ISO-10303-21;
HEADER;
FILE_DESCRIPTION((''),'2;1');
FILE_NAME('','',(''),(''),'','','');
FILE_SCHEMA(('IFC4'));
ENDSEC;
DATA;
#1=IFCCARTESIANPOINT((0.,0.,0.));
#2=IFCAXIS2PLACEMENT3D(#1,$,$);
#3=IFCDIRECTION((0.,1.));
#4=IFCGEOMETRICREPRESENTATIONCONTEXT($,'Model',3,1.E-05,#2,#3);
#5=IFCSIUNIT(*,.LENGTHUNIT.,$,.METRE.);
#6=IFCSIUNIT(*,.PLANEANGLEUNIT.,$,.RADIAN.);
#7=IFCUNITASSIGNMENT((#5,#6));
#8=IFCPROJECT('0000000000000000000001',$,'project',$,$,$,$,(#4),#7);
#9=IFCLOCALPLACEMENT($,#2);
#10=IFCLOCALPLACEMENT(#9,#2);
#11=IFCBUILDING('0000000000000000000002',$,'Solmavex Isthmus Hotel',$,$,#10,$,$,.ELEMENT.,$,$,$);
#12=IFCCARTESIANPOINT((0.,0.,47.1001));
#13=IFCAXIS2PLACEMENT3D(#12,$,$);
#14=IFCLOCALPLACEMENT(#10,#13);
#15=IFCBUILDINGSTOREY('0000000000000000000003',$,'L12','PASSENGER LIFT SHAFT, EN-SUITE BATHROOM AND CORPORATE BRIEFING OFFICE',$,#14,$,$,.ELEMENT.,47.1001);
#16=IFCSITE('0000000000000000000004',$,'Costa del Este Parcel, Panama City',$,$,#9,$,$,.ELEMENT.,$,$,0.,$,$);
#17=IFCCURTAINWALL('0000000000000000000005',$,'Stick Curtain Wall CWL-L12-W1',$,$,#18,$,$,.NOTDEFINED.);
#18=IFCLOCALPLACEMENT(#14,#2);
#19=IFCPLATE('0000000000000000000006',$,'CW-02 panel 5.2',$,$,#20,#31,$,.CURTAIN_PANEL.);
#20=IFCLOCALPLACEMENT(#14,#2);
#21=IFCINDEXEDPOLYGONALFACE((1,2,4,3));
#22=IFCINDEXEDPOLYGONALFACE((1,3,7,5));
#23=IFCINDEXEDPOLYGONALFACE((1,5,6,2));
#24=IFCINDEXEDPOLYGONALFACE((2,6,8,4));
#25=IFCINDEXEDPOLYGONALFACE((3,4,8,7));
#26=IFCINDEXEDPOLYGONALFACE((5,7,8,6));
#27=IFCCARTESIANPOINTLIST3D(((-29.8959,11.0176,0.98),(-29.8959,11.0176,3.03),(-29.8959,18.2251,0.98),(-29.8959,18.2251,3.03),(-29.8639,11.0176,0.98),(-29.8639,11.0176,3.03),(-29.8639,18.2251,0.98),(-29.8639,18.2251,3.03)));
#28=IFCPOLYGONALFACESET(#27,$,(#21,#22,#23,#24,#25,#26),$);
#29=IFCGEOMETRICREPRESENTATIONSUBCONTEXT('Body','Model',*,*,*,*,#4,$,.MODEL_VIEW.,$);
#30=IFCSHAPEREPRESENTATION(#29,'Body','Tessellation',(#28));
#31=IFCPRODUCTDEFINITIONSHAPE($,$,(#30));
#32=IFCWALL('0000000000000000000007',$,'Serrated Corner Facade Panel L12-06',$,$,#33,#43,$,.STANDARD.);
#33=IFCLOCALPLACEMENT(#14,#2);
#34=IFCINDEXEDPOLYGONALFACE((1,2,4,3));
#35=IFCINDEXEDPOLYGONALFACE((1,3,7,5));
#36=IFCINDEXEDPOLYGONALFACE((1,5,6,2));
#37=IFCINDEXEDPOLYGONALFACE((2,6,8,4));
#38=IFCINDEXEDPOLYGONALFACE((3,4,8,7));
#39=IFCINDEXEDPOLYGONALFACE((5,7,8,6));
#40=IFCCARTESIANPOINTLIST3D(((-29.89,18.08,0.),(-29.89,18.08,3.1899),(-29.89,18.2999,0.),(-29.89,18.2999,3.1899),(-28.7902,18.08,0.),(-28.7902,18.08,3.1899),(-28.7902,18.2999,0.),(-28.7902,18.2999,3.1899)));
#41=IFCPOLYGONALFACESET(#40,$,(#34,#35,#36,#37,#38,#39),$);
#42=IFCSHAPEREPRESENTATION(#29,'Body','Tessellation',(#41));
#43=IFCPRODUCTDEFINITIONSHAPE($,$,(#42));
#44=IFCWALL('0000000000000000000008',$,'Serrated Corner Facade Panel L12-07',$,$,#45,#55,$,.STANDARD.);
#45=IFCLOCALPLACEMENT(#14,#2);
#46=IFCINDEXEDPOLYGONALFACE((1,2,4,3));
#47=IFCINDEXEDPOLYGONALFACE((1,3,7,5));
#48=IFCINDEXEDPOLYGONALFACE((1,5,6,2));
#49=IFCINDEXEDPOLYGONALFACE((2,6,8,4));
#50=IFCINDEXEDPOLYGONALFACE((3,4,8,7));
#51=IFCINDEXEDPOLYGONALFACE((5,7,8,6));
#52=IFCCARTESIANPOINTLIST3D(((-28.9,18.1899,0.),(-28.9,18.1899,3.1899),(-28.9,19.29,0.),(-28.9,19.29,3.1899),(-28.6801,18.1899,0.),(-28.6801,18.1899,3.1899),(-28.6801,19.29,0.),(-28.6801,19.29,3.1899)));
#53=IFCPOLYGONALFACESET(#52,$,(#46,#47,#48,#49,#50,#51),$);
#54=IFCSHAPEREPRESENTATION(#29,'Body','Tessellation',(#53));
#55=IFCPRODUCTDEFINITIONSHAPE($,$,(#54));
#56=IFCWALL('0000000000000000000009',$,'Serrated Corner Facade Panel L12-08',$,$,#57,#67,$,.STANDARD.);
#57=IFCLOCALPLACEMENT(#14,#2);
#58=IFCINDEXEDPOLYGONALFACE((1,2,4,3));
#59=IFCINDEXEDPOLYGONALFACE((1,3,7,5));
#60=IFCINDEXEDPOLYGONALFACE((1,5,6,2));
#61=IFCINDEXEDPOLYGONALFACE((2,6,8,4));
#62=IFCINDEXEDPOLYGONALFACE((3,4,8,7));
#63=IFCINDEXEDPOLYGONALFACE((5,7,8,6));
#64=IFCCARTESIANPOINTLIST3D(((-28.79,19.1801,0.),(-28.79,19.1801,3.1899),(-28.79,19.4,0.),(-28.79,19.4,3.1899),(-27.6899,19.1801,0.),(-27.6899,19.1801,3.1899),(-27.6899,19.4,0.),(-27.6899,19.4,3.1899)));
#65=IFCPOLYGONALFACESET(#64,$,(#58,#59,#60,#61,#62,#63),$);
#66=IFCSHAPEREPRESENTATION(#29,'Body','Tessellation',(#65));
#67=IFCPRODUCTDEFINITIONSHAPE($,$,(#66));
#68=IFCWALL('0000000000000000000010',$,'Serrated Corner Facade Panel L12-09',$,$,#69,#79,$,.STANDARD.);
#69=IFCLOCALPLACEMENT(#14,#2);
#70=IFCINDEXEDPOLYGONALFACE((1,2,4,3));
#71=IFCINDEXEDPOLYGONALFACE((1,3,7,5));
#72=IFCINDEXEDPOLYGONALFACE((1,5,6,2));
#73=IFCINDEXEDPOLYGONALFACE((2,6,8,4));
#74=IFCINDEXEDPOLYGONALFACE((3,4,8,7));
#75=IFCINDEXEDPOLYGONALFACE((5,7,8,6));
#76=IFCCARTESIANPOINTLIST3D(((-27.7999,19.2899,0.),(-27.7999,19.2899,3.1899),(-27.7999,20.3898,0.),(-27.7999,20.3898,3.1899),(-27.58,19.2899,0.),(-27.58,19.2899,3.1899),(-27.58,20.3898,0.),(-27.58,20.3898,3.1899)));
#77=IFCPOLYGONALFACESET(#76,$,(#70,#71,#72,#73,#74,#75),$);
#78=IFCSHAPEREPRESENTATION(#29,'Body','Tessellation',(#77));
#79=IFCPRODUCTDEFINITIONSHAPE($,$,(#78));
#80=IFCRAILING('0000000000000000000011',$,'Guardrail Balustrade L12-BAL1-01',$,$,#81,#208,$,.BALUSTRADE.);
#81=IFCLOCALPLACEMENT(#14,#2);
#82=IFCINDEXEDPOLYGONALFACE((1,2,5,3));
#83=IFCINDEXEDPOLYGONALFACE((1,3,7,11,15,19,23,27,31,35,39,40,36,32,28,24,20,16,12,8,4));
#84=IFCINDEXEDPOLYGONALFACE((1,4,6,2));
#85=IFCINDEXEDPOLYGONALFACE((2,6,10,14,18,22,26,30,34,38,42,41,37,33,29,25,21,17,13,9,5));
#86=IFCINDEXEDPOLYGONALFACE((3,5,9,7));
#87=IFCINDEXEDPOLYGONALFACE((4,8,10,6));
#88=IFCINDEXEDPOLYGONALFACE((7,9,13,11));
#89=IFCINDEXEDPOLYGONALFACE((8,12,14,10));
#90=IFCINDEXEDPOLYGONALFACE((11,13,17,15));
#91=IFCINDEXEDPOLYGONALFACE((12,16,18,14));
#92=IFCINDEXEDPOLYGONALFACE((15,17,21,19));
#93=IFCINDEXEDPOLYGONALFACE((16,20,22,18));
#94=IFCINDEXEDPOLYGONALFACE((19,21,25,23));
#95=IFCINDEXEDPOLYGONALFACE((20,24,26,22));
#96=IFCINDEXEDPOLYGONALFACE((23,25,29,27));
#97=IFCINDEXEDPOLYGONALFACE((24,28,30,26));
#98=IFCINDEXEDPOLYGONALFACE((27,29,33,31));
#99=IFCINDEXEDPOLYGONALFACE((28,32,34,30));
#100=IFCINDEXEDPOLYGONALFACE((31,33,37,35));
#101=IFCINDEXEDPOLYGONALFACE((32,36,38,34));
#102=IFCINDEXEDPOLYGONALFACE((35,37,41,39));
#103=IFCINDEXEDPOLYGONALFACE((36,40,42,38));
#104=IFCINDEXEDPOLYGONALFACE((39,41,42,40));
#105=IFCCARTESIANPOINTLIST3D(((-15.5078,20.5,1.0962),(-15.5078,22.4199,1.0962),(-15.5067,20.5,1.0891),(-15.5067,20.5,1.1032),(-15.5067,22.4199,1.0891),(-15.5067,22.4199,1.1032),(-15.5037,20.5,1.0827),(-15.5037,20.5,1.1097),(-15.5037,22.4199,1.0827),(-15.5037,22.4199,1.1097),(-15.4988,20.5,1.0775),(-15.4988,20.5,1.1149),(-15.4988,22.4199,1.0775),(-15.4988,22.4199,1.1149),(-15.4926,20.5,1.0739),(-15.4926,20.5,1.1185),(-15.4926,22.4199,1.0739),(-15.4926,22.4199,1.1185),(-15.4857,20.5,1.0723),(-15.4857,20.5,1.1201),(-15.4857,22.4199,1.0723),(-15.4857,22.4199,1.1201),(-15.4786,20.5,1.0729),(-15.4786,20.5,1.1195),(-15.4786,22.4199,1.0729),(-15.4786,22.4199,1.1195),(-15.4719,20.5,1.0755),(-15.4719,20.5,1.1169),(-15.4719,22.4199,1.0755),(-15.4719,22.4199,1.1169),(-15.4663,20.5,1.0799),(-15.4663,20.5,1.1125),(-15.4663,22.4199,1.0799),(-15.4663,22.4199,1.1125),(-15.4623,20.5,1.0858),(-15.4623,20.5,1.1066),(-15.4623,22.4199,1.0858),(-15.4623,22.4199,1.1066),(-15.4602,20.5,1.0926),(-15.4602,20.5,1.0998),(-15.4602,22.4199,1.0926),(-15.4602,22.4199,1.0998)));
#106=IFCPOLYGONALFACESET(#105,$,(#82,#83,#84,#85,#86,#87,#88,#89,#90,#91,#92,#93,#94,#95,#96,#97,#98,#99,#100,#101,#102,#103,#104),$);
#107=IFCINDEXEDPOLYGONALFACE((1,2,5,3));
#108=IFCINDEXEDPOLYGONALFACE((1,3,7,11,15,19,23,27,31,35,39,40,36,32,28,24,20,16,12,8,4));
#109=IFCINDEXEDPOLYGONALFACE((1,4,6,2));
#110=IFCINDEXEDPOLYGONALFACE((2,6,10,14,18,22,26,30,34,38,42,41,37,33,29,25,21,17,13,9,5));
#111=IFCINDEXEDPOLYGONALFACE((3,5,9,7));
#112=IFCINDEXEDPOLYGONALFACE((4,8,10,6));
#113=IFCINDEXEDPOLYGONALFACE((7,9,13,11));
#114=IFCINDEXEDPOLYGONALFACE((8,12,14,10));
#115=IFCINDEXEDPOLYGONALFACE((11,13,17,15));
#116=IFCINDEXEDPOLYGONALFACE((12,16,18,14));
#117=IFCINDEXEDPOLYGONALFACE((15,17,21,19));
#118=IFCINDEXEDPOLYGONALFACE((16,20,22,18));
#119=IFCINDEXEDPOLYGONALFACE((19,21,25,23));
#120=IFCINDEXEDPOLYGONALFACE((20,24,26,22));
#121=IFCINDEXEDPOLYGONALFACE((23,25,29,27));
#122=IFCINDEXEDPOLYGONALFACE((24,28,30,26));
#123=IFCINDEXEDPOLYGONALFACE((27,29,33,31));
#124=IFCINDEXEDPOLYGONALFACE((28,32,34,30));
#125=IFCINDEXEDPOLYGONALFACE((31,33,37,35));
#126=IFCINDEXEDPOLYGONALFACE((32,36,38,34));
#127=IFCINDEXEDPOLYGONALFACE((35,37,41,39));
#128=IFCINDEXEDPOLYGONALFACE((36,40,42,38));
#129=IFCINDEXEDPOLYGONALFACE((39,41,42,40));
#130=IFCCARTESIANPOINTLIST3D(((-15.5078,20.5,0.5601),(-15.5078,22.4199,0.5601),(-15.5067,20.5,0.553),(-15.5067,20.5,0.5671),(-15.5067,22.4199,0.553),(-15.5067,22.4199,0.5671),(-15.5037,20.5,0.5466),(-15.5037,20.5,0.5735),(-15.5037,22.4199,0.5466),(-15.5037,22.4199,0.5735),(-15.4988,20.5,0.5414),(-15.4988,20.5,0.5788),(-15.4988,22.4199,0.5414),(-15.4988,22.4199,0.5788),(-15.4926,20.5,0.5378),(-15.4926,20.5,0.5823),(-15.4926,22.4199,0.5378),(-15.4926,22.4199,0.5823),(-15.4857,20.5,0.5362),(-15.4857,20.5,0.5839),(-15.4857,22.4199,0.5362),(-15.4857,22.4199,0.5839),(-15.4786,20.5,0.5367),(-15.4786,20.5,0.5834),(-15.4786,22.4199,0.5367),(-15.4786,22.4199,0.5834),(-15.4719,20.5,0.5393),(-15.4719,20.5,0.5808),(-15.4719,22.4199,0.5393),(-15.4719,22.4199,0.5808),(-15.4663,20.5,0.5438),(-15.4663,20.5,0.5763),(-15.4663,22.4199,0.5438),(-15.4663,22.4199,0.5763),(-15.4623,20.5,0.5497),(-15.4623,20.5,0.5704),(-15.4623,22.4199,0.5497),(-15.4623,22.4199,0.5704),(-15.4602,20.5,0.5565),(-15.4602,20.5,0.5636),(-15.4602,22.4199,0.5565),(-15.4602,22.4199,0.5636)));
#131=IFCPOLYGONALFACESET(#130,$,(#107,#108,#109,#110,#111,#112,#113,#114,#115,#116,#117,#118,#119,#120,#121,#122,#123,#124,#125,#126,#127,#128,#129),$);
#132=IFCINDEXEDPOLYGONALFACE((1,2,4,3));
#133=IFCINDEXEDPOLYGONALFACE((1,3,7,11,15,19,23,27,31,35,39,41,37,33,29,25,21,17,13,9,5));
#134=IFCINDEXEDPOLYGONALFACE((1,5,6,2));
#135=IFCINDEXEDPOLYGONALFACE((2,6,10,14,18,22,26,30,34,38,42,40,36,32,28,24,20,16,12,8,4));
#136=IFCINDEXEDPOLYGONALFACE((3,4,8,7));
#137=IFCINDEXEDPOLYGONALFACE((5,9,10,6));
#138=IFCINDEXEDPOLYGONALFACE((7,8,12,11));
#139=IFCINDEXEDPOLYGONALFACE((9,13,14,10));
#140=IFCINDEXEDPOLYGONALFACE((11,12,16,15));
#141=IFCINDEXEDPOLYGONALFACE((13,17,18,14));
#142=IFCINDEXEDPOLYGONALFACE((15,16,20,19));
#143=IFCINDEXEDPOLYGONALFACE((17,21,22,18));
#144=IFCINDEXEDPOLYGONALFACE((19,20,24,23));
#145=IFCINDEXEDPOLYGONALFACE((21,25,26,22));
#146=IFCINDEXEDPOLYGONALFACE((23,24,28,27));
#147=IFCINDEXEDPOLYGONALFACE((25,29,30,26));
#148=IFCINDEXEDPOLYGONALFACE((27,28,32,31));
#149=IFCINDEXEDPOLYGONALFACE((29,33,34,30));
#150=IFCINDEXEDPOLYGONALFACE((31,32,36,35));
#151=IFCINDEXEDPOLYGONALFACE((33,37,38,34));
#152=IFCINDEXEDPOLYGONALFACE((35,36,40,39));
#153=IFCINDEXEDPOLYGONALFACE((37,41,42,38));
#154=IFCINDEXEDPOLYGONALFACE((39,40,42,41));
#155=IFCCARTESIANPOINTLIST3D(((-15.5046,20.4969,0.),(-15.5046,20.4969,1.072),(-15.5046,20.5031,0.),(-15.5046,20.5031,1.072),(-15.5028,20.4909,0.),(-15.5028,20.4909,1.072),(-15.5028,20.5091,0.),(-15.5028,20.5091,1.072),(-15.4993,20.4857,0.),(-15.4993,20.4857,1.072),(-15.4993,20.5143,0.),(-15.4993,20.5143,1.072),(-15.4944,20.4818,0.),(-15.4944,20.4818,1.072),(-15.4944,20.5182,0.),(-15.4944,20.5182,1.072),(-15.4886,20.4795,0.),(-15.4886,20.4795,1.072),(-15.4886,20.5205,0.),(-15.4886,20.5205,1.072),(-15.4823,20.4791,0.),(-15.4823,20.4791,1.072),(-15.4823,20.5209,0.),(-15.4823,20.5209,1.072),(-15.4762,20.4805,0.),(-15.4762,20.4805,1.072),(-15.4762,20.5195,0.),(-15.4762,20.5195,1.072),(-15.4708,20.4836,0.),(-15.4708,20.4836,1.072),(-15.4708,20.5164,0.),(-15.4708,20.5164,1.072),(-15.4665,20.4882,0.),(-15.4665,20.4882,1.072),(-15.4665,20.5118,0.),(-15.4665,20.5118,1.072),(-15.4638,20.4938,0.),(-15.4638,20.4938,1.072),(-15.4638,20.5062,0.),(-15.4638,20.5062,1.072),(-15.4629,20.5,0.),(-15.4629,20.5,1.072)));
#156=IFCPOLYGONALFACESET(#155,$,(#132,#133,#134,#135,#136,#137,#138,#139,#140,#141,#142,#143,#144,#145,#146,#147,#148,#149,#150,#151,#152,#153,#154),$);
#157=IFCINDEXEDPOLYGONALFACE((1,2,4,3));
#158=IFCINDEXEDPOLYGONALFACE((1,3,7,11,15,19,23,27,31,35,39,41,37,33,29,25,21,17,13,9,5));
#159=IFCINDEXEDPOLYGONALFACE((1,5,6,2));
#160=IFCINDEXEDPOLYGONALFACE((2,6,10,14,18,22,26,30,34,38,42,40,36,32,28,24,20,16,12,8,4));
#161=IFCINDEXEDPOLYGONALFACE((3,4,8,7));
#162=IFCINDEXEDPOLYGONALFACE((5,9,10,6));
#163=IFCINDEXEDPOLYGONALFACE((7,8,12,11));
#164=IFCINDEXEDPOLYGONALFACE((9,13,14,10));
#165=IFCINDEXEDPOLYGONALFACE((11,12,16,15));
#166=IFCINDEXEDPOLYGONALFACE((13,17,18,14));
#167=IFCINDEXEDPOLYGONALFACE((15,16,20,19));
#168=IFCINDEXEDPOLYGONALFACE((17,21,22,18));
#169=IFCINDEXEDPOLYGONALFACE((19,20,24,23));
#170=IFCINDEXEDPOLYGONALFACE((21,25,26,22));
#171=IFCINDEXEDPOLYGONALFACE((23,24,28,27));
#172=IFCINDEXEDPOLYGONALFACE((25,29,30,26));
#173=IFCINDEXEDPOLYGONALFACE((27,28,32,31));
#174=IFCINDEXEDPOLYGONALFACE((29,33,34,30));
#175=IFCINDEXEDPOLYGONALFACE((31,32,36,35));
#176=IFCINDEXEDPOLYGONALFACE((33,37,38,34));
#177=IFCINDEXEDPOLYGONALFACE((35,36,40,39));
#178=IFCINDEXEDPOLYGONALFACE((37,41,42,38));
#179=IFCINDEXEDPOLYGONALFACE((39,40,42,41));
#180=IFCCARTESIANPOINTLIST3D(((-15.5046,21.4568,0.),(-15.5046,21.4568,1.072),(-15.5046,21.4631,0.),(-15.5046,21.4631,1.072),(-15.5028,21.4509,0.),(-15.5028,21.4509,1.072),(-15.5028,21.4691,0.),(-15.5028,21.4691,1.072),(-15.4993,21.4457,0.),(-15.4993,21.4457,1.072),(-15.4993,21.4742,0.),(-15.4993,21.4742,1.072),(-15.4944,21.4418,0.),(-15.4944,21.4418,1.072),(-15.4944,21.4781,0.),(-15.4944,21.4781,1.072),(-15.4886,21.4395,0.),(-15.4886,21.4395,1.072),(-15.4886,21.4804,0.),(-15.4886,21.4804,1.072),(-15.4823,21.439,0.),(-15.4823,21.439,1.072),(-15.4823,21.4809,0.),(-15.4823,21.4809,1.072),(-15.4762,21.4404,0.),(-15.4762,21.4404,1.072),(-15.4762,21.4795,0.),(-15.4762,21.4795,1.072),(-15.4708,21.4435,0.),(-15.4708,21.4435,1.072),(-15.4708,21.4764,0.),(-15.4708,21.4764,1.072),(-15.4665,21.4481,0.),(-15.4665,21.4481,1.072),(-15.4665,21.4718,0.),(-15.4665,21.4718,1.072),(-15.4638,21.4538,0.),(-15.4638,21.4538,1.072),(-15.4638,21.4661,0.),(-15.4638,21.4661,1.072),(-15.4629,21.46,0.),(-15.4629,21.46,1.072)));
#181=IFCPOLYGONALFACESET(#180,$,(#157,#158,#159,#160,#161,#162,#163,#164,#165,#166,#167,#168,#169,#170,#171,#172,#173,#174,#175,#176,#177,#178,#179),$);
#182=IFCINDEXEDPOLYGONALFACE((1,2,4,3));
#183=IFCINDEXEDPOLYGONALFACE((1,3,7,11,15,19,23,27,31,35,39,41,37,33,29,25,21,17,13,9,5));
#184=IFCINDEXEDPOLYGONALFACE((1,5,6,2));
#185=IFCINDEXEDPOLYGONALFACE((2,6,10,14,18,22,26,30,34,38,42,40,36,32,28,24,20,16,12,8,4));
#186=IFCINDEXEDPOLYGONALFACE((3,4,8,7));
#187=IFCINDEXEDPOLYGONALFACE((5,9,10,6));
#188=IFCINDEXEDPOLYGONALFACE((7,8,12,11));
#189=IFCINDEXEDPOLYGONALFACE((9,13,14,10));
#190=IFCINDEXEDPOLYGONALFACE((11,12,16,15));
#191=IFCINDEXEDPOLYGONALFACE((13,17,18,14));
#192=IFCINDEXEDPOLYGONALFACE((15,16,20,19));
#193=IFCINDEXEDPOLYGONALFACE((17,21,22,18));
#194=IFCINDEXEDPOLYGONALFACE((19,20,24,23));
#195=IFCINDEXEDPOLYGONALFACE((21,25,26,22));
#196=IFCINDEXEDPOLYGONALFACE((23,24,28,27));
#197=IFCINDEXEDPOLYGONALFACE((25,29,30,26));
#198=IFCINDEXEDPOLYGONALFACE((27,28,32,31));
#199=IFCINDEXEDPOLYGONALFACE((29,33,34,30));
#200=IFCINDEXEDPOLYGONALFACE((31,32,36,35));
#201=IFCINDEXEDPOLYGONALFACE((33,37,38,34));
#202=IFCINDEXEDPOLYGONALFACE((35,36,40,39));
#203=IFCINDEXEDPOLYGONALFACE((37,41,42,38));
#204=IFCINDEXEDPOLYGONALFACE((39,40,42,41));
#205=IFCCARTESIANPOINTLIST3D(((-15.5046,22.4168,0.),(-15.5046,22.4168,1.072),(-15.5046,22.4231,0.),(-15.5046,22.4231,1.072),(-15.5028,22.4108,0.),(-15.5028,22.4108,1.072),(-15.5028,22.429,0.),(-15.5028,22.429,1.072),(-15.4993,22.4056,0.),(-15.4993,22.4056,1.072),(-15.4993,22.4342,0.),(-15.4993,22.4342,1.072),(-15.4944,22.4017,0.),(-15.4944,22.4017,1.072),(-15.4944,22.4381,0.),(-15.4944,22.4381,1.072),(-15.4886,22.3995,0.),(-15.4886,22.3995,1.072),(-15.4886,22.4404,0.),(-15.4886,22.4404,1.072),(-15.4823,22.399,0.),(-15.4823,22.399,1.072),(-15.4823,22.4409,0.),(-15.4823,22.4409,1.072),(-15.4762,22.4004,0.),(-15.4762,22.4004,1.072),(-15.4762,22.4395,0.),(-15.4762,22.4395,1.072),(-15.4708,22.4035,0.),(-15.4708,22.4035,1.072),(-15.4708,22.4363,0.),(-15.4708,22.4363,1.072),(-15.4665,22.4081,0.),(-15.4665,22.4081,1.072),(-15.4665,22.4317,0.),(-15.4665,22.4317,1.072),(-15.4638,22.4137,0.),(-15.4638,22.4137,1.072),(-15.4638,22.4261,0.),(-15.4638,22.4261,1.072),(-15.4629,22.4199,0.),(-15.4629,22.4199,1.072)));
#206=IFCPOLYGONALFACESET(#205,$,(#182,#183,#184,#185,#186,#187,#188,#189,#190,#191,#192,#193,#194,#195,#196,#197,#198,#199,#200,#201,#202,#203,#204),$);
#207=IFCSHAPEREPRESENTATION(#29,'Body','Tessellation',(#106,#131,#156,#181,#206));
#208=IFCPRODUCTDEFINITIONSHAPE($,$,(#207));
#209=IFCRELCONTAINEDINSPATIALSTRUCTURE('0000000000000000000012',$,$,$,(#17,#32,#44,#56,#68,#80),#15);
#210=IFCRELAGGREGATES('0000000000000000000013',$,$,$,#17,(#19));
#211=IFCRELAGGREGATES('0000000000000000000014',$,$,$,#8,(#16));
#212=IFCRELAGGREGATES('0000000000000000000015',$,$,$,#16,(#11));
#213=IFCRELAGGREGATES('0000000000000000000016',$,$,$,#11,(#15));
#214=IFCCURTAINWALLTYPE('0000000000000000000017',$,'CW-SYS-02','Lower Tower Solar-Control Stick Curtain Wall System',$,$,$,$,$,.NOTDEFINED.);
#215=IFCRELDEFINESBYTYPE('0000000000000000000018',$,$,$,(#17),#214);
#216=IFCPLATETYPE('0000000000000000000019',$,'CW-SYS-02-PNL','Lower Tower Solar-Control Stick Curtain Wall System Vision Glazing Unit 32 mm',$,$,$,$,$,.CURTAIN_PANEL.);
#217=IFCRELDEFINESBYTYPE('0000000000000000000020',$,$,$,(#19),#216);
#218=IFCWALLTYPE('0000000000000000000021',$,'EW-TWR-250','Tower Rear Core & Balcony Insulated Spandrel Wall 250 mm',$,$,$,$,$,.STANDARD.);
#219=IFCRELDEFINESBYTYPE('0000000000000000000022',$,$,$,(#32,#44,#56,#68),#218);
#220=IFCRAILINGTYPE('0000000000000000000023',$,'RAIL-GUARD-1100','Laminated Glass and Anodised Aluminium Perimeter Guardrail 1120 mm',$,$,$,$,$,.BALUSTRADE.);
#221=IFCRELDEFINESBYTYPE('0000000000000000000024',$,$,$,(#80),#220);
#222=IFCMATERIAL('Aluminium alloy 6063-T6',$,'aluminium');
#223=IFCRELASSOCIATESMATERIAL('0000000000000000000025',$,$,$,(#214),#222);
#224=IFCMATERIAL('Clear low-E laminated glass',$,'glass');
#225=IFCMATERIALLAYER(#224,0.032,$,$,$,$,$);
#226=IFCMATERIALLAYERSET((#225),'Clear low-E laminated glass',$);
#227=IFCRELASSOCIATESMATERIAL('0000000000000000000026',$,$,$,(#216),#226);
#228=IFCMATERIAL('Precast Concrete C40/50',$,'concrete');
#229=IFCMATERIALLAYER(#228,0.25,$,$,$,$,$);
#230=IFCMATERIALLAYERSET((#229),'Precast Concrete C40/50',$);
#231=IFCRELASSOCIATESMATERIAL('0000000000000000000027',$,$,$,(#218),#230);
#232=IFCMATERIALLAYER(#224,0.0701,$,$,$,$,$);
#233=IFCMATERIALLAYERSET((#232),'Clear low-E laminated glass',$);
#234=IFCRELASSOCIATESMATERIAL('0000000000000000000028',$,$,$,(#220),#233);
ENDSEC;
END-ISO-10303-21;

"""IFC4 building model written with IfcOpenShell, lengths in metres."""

from ifc_helpers import new_model, si_unit, direction, frame, frame_2d, origin, origin_2d, place, context, subcontext, project, spatial, rectangle, circle, extrude, material, layer, layer_set, type_object, element, aggregate, save


model = new_model("IFC4")

# Units and contexts
model_context = context("Model", 3, precision=1e-05, world=origin(), true_north=direction((0.0, 1.0)))
body_context = subcontext(model_context, "Body", "Model", "MODEL_VIEW")
ifc_project = project(units=[si_unit("LENGTHUNIT", "METRE"), si_unit("PLANEANGLEUNIT", "RADIAN")], contexts=[model_context])

# Site, building, storey
site_placement = place(None, origin())
site = spatial("IfcSite", under=ifc_project, at=site_placement, Name="Costa del Este Parcel, Panama City", CompositionType="ELEMENT", RefElevation=0.0)
building_placement = place(site_placement, origin())
building = spatial("IfcBuilding", under=site, at=building_placement, Name="Solmavex Isthmus Hotel", CompositionType="ELEMENT")
storey_placement = place(building_placement, frame((0.0, 0.0, 47.1001)))
storey = spatial("IfcBuildingStorey", under=building, at=storey_placement, Name="L12", Description="PASSENGER LIFT SHAFT, EN-SUITE BATHROOM AND CORPORATE BRIEFING OFFICE", CompositionType="ELEMENT", Elevation=47.1001)

# Shared definitions
ifc_material_1 = material(Name="Aluminium alloy 6063-T6", Category="aluminium")
curtain_wall_type = type_object("IfcCurtainWallType", Name="CW-SYS-02", Description="Lower Tower Solar-Control Stick Curtain Wall System", PredefinedType="NOTDEFINED", material=ifc_material_1)

# Curtain wall
curtain_wall_1_placement = place(storey_placement, origin())
curtain_wall_1 = element("IfcCurtainWall", 1, at=curtain_wall_1_placement, inside=storey, type_object=curtain_wall_type, Name="Stick Curtain Wall CWL-L12-W1", PredefinedType="NOTDEFINED")

# Plate
ifc_material_2 = material(Name="Clear low-E laminated glass", Category="glass")
ifc_layer_1 = layer(ifc_material_2, 0.032)
ifc_layer_set_1 = layer_set([ifc_layer_1], Name="Clear low-E laminated glass")
plate_type = type_object("IfcPlateType", Name="CW-SYS-02-PNL", Description="Lower Tower Solar-Control Stick Curtain Wall System Vision Glazing Unit 32 mm", PredefinedType="CURTAIN_PANEL", material=ifc_layer_set_1)
plate_1_placement = place(storey_placement, frame((-29.8799, 14.6213, 0.98), z_axis=(0.0, 0.0, 1.0), x_axis=(0.0, 1.0, 0.0)))
plate_1 = element("IfcPlate", 2, at=plate_1_placement, type_object=plate_type, Name="CW-02 panel 5.2", PredefinedType="CURTAIN_PANEL", context=body_context, shape_type="SweptSolid", body=[
    extrude(rectangle(XDim=7.2075, YDim=0.032, at=origin_2d()), origin(), (0.0, 0.0, 1.0), 2.05),
])
aggregate(curtain_wall_1, [plate_1])

# Shared definitions
ifc_material_3 = material(Name="Precast Concrete C40/50", Category="concrete")
ifc_layer_2 = layer(ifc_material_3, 0.25)
ifc_layer_set_2 = layer_set([ifc_layer_2], Name="Precast Concrete C40/50")
wall_type = type_object("IfcWallType", Name="EW-TWR-250", Description="Tower Rear Core & Balcony Insulated Spandrel Wall 250 mm", PredefinedType="STANDARD", material=ifc_layer_set_2)

# Walls
wall_1_placement = place(storey_placement, frame((-29.8899, 18.1899, 0.0), z_axis=(0.0, 0.0, 1.0), x_axis=(1.0, 0.0, 0.0)))
element("IfcWall", 3, at=wall_1_placement, inside=storey, type_object=wall_type, Name="Serrated Corner Facade Panel L12-06", PredefinedType="STANDARD", context=body_context, shape_type="SweptSolid", body=[
    extrude(rectangle(XDim=1.0999, YDim=0.22, at=frame_2d((0.5498, 0.0))), origin(), (0.0, 0.0, 1.0), 3.1899),
])
for number, where, z_axis, x_axis, name in (
    (4, (-28.79, 18.1899, 0.0), (0.0, 0.0, 1.0), (0.0, 1.0, 0.0), "Serrated Corner Facade Panel L12-07"),
    (5, (-28.79, 19.29, 0.0), (0.0, 0.0, 1.0), (1.0, 0.0, 0.0), "Serrated Corner Facade Panel L12-08"),
):
    element("IfcWall", number, at=place(storey_placement, frame(where, z_axis=z_axis, x_axis=x_axis)), inside=storey, type_object=wall_type, Name=name, PredefinedType="STANDARD", context=body_context, shape_type="SweptSolid", body=[
        extrude(rectangle(XDim=1.1001, YDim=0.22, at=frame_2d((0.55, 0.0))), origin(), (0.0, 0.0, 1.0), 3.1899),
    ])
wall_2_placement = place(storey_placement, frame((-27.6899, 19.29, 0.0), z_axis=(0.0, 0.0, 1.0), x_axis=(0.0, 1.0, 0.0)))
element("IfcWall", 6, at=wall_2_placement, inside=storey, type_object=wall_type, Name="Serrated Corner Facade Panel L12-09", PredefinedType="STANDARD", context=body_context, shape_type="SweptSolid", body=[
    extrude(rectangle(XDim=1.0999, YDim=0.22, at=frame_2d((0.5498, 0.0))), origin(), (0.0, 0.0, 1.0), 3.1899),
])

# Railing
ifc_layer_3 = layer(ifc_material_2, 0.0701)
ifc_layer_set_3 = layer_set([ifc_layer_3], Name="Clear low-E laminated glass")
railing_type = type_object("IfcRailingType", Name="RAIL-GUARD-1100", Description="Laminated Glass and Anodised Aluminium Perimeter Guardrail 1120 mm", PredefinedType="BALUSTRADE", material=ifc_layer_set_3)
railing_1_placement = place(storey_placement, frame((-15.4839, 20.5, 0.0)))
element("IfcRailing", 7, at=railing_1_placement, inside=storey, type_object=railing_type, Name="Guardrail Balustrade L12-BAL1-01", PredefinedType="BALUSTRADE", context=body_context, shape_type="SweptSolid", body=[
    extrude(circle(Radius=0.0239, at=origin_2d()), frame((0.0, 0.0, 1.0962), z_axis=(0.0, 1.0, 0.0), x_axis=(-1.0, 0.0, 0.0)), (0.0, 0.0, 1.0), 1.9199),
    extrude(circle(Radius=0.0239, at=origin_2d()), frame((0.0, 0.0, 0.5601), z_axis=(0.0, 1.0, 0.0), x_axis=(-1.0, 0.0, 0.0)), (0.0, 0.0, 1.0), 1.9199),
    extrude(circle(Radius=0.021, at=origin_2d()), origin(), (0.0, 0.0, 1.0), 1.072),
    extrude(circle(Radius=0.021, at=origin_2d()), frame((0.0, 0.96, 0.0)), (0.0, 0.0, 1.0), 1.072),
    extrude(circle(Radius=0.021, at=origin_2d()), frame((0.0, 1.9199, 0.0)), (0.0, 0.0, 1.0), 1.072),
])

save(model, "model.ifc")
